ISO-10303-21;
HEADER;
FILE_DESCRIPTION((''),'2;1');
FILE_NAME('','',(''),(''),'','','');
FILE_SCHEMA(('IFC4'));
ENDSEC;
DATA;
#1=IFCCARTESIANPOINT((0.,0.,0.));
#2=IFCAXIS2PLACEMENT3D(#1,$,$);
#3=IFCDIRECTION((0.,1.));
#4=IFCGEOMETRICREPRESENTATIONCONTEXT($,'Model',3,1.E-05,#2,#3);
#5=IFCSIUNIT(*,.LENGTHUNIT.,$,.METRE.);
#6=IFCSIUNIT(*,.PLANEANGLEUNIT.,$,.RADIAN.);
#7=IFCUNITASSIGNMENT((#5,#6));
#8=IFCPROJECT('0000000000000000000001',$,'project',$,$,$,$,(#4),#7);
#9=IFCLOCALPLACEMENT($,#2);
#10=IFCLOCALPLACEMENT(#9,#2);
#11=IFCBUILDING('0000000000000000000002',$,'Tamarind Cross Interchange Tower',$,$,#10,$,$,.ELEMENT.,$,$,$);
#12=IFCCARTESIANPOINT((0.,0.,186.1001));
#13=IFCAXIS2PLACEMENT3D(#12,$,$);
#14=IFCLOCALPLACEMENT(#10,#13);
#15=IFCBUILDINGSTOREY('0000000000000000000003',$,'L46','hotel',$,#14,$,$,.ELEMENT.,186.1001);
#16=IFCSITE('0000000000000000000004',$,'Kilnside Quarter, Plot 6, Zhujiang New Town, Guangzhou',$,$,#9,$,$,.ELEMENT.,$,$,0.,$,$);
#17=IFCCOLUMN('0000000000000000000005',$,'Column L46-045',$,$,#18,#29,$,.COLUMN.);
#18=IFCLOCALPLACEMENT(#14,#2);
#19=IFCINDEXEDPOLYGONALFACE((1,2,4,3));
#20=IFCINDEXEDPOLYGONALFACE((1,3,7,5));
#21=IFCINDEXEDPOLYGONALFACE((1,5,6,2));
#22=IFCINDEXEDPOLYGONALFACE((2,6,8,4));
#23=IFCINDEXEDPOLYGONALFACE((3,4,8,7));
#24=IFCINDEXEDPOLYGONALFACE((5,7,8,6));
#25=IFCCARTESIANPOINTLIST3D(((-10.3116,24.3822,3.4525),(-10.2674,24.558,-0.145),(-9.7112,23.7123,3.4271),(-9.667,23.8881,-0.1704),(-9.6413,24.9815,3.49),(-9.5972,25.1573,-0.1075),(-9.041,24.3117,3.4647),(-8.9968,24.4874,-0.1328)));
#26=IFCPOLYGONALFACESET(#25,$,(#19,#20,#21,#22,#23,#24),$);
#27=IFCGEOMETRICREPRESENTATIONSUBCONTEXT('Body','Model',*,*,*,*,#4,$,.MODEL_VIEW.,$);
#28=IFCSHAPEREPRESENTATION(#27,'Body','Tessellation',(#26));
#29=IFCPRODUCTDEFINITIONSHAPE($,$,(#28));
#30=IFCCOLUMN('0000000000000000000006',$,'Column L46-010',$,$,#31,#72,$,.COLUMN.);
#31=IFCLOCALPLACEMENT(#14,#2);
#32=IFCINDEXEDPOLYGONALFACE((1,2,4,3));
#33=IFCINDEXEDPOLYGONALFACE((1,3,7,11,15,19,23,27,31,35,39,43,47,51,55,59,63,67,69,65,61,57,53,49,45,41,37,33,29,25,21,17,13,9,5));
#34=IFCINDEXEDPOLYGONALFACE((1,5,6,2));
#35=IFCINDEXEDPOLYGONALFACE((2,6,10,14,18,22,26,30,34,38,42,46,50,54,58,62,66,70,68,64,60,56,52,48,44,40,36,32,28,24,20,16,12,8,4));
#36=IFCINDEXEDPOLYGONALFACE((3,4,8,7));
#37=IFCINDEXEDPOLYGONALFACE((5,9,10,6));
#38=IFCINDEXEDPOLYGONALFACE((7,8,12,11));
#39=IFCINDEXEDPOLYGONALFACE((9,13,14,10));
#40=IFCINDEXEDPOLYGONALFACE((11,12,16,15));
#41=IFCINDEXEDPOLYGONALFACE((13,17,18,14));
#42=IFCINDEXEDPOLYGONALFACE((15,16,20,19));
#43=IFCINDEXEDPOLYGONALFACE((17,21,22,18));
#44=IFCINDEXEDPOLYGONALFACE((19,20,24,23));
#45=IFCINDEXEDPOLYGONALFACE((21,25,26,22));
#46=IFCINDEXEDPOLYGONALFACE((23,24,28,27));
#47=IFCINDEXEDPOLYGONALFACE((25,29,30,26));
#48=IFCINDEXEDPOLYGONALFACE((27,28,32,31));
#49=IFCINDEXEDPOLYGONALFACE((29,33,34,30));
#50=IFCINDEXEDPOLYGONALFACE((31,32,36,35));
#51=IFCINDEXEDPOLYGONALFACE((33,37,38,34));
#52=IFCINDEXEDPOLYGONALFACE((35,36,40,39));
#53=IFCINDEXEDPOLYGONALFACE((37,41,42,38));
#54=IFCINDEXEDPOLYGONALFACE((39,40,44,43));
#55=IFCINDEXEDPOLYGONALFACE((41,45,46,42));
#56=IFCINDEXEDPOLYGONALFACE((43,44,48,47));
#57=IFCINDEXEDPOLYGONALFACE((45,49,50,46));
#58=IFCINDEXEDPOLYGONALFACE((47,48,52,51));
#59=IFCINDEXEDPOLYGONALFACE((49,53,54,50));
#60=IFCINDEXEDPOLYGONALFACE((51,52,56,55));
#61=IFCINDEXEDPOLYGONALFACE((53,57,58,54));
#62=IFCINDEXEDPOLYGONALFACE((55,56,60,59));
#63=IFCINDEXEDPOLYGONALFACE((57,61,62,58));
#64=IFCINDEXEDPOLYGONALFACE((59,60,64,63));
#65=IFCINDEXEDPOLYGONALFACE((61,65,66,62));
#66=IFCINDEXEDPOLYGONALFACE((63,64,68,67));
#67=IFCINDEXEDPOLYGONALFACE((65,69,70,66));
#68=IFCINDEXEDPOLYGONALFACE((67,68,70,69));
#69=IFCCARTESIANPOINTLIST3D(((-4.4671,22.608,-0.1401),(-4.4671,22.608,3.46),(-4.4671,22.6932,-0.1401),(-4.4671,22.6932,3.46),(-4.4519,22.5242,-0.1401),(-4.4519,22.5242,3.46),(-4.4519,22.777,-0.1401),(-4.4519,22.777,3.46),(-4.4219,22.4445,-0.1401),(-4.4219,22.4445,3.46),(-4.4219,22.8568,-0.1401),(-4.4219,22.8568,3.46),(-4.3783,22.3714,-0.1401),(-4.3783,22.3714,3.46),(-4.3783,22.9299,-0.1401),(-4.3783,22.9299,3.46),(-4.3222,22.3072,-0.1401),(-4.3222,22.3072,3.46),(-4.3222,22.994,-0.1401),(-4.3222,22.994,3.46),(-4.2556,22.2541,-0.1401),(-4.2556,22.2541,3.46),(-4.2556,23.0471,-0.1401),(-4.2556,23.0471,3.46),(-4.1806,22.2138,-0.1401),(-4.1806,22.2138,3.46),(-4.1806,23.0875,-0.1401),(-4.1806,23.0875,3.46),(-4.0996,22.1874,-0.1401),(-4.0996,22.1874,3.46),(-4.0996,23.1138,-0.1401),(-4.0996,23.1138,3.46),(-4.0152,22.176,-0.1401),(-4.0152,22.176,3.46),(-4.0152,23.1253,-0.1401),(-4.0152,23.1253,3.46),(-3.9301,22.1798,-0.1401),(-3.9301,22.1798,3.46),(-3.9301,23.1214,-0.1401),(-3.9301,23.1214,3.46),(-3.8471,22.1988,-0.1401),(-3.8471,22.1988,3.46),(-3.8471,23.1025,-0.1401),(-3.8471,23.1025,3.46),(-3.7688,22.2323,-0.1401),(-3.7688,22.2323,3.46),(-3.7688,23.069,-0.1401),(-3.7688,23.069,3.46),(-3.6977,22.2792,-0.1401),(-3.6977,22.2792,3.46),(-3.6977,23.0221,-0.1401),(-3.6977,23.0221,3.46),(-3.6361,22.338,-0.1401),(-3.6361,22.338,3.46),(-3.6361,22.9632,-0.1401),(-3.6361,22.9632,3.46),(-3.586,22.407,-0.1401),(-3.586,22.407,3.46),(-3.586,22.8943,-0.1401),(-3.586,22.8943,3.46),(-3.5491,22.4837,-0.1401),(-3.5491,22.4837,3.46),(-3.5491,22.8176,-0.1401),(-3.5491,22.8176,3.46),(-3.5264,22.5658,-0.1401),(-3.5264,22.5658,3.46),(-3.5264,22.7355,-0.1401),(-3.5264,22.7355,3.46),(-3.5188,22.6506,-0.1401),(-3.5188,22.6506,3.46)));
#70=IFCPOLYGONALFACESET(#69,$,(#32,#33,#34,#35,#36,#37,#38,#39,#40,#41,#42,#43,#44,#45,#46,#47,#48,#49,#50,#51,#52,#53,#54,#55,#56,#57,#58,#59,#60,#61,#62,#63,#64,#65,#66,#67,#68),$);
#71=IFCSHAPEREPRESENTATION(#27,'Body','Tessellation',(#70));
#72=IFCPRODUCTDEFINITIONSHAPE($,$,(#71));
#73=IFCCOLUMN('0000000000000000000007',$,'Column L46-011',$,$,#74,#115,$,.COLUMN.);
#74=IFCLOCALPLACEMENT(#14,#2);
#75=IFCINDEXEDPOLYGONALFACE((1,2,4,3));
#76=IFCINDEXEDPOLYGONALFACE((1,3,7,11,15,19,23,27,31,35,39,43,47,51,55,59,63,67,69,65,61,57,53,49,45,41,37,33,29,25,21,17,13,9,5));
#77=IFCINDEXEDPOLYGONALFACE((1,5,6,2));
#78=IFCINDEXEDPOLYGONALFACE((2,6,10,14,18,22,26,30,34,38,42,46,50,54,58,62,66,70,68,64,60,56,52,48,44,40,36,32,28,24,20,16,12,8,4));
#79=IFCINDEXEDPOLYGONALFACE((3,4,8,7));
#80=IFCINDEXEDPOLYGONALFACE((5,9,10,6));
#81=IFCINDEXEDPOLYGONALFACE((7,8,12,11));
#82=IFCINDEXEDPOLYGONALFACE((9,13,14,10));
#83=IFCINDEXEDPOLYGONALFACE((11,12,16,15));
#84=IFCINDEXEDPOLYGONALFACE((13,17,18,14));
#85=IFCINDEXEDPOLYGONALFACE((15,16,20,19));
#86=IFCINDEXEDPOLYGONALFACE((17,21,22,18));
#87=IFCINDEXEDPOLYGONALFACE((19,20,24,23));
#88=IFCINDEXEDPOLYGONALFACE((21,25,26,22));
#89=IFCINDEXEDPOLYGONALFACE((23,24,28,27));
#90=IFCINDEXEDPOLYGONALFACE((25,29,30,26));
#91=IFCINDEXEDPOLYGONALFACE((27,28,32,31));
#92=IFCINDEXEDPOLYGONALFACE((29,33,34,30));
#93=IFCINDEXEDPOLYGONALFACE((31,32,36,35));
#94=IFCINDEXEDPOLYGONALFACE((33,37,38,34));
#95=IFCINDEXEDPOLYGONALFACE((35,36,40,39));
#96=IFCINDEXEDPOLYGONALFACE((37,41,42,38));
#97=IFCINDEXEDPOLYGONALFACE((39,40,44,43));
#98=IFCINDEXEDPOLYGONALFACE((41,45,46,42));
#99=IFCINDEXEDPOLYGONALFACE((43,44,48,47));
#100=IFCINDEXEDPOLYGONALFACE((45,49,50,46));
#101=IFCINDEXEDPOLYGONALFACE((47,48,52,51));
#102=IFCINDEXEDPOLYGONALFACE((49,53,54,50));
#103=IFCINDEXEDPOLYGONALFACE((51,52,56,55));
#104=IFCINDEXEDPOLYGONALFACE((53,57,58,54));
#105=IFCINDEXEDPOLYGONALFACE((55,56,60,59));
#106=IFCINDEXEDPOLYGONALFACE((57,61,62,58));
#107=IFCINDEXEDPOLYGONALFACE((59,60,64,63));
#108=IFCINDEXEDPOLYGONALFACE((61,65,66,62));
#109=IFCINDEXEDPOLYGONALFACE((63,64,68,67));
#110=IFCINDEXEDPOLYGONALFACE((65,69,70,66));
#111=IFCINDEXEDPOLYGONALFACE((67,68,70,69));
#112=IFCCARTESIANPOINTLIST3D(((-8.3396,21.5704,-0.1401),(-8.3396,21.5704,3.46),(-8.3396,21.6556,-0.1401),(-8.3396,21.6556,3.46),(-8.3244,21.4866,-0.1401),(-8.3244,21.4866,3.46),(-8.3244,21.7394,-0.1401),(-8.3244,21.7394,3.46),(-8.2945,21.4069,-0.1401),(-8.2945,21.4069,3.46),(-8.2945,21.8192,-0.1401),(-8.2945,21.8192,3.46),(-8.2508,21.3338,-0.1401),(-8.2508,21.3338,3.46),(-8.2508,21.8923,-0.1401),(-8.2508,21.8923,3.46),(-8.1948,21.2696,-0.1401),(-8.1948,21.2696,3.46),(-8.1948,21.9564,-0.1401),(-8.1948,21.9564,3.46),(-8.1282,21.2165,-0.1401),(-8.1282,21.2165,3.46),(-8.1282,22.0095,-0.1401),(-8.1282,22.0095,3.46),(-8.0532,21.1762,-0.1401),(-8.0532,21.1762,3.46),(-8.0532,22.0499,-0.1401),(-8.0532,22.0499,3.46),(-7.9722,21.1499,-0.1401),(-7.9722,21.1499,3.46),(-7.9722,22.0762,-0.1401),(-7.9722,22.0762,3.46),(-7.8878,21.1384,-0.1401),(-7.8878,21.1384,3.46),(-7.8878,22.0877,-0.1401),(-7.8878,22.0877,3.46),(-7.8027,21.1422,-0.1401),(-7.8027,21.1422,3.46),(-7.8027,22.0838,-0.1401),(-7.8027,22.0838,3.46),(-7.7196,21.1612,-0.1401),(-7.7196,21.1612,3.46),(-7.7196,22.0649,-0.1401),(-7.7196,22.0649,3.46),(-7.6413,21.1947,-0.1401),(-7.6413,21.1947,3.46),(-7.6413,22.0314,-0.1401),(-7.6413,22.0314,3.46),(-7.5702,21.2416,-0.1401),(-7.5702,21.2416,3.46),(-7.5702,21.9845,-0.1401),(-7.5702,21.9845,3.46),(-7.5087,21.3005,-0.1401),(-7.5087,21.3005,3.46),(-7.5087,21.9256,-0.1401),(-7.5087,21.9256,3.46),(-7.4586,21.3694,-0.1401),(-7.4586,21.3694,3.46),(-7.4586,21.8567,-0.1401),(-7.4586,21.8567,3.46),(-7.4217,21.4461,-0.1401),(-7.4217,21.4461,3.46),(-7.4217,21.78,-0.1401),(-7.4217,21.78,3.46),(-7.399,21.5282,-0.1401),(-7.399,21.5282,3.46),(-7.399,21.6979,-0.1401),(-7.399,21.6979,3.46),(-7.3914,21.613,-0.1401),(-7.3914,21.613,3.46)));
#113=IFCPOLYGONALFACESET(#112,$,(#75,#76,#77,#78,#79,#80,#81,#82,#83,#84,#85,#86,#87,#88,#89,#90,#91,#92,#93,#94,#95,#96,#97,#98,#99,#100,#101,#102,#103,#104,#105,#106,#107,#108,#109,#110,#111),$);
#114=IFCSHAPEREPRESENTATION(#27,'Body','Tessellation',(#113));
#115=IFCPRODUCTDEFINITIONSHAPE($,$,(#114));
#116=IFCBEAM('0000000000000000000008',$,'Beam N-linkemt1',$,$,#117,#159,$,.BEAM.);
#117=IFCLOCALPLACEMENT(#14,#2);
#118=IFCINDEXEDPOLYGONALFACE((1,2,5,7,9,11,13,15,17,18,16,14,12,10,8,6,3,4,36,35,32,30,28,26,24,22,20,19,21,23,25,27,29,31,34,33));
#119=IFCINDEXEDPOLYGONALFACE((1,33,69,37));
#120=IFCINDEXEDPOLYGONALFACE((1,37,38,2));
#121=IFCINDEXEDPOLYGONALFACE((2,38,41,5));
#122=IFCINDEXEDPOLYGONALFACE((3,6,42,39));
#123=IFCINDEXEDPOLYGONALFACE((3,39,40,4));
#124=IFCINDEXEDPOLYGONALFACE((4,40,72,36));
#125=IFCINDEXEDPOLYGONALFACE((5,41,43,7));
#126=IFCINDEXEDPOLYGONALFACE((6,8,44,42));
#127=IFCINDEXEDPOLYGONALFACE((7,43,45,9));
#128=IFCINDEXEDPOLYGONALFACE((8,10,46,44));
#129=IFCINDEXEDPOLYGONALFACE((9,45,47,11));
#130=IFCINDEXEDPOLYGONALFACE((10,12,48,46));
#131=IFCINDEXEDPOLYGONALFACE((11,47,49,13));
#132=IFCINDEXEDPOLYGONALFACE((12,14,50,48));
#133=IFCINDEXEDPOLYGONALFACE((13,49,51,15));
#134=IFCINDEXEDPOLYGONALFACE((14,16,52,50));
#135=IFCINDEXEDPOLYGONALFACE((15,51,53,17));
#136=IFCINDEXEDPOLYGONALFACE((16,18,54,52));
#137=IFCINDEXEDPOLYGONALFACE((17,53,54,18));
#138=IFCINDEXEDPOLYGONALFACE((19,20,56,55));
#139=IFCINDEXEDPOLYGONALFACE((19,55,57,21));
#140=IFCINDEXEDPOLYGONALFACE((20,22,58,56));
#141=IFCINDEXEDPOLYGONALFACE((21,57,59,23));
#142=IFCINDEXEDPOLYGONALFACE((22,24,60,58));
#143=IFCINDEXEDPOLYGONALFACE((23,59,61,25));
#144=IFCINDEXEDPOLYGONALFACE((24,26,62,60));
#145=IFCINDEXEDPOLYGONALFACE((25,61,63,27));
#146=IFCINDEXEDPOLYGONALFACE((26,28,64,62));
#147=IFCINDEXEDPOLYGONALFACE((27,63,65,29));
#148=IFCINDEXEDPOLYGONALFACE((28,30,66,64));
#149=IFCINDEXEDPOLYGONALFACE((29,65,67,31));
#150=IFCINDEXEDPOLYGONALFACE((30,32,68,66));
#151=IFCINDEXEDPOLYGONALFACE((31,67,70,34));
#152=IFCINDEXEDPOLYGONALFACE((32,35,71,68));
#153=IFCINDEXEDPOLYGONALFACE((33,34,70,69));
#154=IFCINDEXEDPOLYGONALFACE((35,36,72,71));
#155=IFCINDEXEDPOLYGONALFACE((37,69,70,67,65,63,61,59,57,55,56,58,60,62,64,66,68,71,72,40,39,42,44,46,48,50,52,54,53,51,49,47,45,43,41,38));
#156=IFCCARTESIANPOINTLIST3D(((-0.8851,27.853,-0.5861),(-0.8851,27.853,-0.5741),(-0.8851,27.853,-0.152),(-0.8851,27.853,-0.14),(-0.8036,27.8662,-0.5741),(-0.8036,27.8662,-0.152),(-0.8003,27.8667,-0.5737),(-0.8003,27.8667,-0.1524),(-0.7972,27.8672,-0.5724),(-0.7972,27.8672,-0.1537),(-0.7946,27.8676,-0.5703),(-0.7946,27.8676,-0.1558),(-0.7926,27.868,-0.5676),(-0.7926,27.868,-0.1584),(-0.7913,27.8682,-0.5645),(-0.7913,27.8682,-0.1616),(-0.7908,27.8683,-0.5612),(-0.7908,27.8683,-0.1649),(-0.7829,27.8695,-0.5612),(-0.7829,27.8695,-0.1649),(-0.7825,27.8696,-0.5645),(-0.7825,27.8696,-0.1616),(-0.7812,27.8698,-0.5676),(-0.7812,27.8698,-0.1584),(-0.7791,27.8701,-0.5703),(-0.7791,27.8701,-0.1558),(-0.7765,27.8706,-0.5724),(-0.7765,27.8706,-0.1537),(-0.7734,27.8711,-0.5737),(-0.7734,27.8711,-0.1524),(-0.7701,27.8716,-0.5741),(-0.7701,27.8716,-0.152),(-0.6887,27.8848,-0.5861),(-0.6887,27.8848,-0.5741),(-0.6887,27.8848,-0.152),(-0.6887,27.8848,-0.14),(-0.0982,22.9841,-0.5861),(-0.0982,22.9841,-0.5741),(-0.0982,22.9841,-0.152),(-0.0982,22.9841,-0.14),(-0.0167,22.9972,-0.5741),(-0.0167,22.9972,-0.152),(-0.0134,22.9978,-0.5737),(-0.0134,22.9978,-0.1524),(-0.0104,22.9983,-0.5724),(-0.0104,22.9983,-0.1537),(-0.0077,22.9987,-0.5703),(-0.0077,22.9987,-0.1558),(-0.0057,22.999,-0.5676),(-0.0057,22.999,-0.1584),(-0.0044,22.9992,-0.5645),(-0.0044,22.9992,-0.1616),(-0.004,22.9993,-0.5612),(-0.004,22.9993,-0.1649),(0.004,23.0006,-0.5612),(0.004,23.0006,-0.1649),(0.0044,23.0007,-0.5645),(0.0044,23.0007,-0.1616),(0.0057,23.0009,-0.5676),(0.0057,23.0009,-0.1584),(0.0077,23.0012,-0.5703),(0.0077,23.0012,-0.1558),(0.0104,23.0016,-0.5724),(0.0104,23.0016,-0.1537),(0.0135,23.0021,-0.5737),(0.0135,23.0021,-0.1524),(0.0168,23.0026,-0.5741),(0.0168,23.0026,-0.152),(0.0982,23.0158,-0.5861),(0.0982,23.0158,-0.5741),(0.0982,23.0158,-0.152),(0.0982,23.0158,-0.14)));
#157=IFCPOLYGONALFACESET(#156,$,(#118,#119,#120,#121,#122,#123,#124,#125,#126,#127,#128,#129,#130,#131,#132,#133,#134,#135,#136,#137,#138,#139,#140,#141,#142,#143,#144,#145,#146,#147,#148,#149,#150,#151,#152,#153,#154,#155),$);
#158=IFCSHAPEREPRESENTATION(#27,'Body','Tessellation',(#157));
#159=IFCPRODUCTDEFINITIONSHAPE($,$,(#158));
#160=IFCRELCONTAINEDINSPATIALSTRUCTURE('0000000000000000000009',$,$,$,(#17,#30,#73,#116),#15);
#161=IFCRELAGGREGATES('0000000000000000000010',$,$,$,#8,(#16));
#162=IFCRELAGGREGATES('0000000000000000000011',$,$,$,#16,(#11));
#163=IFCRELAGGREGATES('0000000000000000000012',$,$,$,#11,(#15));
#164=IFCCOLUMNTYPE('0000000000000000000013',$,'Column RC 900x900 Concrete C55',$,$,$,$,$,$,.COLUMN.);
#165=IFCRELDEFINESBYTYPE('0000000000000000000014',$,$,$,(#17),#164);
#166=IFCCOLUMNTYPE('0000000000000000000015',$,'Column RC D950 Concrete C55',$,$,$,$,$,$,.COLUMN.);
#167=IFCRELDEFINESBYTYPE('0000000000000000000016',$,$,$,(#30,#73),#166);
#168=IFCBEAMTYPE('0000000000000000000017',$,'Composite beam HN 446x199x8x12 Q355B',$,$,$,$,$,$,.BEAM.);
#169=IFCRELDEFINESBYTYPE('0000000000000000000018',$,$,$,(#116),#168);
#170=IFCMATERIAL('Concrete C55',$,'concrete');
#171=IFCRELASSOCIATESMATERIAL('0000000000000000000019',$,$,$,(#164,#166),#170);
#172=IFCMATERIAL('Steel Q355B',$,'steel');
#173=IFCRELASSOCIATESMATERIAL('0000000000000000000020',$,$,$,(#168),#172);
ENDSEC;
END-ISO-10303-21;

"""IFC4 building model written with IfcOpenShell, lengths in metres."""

from ifc_helpers import new_model, si_unit, direction, frame, origin, origin_2d, place, context, subcontext, project, spatial, rectangle, circle, i_section, extrude, material, material_profile, profile_set, type_object, element, save


model = new_model("IFC4")

# Units and contexts
model_context = context("Model", 3, precision=1e-05, world=origin(), true_north=direction((0.0, 1.0)))
body_context = subcontext(model_context, "Body", "Model", "MODEL_VIEW")
ifc_project = project(units=[si_unit("LENGTHUNIT", "METRE"), si_unit("PLANEANGLEUNIT", "RADIAN")], contexts=[model_context])

# Site, building, storey
site_placement = place(None, origin())
site = spatial("IfcSite", under=ifc_project, at=site_placement, Name="Kilnside Quarter, Plot 6, Zhujiang New Town, Guangzhou", CompositionType="ELEMENT", RefElevation=0.0)
building_placement = place(site_placement, origin())
building = spatial("IfcBuilding", under=site, at=building_placement, Name="Tamarind Cross Interchange Tower", CompositionType="ELEMENT")
storey_placement = place(building_placement, frame((0.0, 0.0, 186.1001)))
storey = spatial("IfcBuildingStorey", under=building, at=storey_placement, Name="L46", Description="hotel", CompositionType="ELEMENT", Elevation=186.1001)

# Columns
ifc_material_1 = material(Name="Concrete C55", Category="concrete")
ifc_material_profile_1 = material_profile(ifc_material_1, rectangle(XDim=0.8999, YDim=0.8999, at=origin_2d()), Name="RC 900x900")
ifc_profile_set_1 = profile_set([ifc_material_profile_1], Name="Concrete C55")
column_type_1 = type_object("IfcColumnType", Name="Column RC 900x900 Concrete C55", PredefinedType="COLUMN", material=ifc_profile_set_1)
column_placement = place(storey_placement, frame((-9.6321, 24.5227, -0.1389), z_axis=(-0.012268, -0.048801, 0.998733), x_axis=(0.744801, 0.665983, 0.041691)))
element("IfcColumn", 1, at=column_placement, inside=storey, type_object=column_type_1, Name="Column L46-045", PredefinedType="COLUMN", context=body_context, shape_type="SweptSolid", body=[
    extrude(rectangle(XDim=0.8999, YDim=0.8999, at=origin_2d()), origin(), (0.0, 0.0, 1.0), 3.6021),
])
ifc_material_profile_2 = material_profile(ifc_material_1, circle(Radius=0.4751, at=origin_2d()), Name="RC D950")
ifc_profile_set_2 = profile_set([ifc_material_profile_2], Name="Concrete C55")
column_type_2 = type_object("IfcColumnType", Name="Column RC D950 Concrete C55", PredefinedType="COLUMN", material=ifc_profile_set_2)
for number, where, z_axis, x_axis, name in (
    (2, (-3.9939, 22.6506, -0.1401), (0.0, 0.0, 1.0), (1.0, 0.0, 0.0), "Column L46-010"),
    (3, (-7.8665, 21.613, -0.1401), (0.0, 0.0, 1.0), (1.0, 0.0, 0.0), "Column L46-011"),
):
    element("IfcColumn", number, at=place(storey_placement, frame(where, z_axis=z_axis, x_axis=x_axis)), inside=storey, type_object=column_type_2, Name=name, PredefinedType="COLUMN", context=body_context, shape_type="SweptSolid", body=[
        extrude(circle(Radius=0.4751, at=origin_2d()), origin(), (0.0, 0.0, 1.0), 3.6001),
    ])

# Beam
ifc_material_2 = material(Name="Steel Q355B", Category="steel")
ifc_material_profile_3 = material_profile(ifc_material_2, i_section(OverallWidth=0.199, OverallDepth=0.446, WebThickness=0.0081, FlangeThickness=0.012, FilletRadius=0.0129, at=origin_2d()), Name="HN 446x199x8x12")
ifc_profile_set_3 = profile_set([ifc_material_profile_3], Name="Steel Q355B")
beam_type_1 = type_object("IfcBeamType", Name="Composite beam HN 446x199x8x12 Q355B", PredefinedType="BEAM", material=ifc_profile_set_3)
beam_1_placement = place(storey_placement, frame((-0.7869, 27.8689, -0.363), z_axis=(0.159541, -0.987191, 0.0), x_axis=(0.987191, 0.159541, 0.0)))
element("IfcBeam", 4, at=beam_1_placement, inside=storey, type_object=beam_type_1, Name="Beam N-linkemt1", PredefinedType="BEAM", context=body_context, shape_type="SweptSolid", body=[
    extrude(i_section(OverallWidth=0.199, OverallDepth=0.446, WebThickness=0.0081, FlangeThickness=0.012, FilletRadius=0.0129, at=origin_2d()), origin(), (0.0, 0.0, 1.0), 4.9321),
])

save(model, "model.ifc")
